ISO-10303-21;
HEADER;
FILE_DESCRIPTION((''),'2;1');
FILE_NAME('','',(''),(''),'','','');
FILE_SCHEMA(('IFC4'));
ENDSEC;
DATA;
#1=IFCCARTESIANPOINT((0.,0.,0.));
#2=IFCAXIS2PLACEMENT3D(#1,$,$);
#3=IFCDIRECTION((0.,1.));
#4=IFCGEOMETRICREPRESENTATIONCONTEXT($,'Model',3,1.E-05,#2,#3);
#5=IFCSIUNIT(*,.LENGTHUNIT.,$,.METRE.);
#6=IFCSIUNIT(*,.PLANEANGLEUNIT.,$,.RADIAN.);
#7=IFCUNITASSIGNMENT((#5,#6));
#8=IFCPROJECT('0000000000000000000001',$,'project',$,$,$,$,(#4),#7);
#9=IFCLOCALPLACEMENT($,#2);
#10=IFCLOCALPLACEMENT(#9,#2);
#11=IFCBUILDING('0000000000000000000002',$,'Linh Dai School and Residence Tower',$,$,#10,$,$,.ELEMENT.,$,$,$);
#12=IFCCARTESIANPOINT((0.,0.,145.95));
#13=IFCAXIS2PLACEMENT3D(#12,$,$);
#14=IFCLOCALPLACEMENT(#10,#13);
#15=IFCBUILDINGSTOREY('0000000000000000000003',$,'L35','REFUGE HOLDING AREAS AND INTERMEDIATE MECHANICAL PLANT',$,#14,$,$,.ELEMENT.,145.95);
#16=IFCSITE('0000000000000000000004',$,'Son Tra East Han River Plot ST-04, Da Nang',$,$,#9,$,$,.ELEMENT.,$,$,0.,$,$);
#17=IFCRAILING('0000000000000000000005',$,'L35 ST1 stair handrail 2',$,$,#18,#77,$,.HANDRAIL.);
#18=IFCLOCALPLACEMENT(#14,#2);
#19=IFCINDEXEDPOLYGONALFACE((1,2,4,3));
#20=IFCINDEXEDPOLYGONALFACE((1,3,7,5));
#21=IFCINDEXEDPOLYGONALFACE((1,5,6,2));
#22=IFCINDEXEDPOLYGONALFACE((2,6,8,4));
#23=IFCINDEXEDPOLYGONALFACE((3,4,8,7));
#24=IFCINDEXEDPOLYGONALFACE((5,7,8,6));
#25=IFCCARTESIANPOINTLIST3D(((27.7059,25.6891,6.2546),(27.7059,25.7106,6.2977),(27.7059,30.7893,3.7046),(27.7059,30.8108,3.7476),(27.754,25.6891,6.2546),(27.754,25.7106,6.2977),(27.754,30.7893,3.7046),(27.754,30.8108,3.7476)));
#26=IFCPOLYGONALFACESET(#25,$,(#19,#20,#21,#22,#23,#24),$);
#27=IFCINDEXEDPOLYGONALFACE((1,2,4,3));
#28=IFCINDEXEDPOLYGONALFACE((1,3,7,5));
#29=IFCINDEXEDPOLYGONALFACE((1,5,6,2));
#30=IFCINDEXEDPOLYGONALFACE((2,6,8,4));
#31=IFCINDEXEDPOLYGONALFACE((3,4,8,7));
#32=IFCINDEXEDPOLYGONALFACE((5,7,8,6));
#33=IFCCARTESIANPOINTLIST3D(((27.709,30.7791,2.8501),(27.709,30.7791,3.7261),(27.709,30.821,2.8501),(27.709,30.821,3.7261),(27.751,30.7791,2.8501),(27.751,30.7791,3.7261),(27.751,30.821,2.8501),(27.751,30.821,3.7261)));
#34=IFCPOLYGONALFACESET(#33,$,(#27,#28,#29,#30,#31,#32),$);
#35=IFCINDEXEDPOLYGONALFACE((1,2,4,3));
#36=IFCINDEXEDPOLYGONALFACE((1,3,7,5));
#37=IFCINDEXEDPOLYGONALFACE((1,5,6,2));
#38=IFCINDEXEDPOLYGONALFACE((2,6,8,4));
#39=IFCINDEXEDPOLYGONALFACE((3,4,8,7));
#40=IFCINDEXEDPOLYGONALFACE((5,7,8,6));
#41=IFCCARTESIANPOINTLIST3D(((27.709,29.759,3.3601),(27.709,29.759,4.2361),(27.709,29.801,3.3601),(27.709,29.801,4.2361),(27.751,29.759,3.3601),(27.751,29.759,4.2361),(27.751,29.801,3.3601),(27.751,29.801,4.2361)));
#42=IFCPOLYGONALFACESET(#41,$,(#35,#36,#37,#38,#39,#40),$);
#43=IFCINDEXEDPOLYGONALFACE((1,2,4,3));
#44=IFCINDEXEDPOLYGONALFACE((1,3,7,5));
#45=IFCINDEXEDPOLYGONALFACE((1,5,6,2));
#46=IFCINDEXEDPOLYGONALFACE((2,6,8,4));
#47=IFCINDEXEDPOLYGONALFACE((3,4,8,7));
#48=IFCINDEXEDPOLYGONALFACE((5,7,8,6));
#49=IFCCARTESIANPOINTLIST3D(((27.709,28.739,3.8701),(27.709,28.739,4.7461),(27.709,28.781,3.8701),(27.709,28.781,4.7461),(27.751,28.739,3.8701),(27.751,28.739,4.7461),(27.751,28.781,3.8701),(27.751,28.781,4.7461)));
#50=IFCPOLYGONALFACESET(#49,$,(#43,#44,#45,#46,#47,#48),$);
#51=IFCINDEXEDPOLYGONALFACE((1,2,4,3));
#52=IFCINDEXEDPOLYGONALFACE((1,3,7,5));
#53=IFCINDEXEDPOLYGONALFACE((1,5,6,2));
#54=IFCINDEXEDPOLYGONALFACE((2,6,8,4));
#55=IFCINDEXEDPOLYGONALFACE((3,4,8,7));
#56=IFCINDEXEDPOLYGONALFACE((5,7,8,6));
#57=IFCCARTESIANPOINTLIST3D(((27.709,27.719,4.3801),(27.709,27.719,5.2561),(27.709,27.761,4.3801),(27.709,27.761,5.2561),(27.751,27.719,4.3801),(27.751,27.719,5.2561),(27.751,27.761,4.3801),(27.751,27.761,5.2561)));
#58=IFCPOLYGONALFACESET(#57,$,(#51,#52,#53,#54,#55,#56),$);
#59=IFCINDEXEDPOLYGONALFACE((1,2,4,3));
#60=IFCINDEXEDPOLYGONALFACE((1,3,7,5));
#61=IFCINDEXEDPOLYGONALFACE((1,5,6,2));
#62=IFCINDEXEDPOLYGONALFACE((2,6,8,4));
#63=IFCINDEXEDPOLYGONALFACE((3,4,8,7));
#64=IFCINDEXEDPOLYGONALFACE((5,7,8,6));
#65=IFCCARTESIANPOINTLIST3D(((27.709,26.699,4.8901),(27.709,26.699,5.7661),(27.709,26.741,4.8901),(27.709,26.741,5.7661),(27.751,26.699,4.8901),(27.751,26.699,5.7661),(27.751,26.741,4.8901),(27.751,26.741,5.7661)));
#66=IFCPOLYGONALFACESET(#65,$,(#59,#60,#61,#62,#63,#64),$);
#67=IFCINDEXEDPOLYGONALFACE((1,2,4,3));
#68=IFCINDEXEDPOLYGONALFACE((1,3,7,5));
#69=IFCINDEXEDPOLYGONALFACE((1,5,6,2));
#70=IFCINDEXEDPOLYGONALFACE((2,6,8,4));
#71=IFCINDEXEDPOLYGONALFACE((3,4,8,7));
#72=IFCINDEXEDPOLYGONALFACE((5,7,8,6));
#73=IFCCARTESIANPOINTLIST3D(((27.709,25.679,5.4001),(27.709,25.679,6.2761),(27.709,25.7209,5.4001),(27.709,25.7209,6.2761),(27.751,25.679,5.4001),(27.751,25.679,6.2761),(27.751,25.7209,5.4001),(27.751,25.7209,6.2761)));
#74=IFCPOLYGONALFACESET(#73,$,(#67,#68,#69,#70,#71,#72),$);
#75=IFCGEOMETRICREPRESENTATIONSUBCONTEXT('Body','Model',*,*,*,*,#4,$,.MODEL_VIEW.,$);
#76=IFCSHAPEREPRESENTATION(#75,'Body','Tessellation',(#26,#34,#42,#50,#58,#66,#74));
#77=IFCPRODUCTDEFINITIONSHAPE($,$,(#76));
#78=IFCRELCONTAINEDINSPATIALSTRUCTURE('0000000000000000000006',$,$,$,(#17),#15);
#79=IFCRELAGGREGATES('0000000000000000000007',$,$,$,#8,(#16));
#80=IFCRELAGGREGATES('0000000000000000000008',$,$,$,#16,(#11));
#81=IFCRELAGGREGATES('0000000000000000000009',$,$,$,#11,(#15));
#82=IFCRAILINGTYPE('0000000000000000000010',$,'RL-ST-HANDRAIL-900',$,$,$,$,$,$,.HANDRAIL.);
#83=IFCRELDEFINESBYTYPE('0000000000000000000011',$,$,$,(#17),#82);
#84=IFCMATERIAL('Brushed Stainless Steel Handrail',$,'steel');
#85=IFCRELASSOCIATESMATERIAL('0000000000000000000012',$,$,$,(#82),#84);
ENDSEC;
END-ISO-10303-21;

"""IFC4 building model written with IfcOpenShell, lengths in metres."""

from ifc_helpers import new_model, si_unit, direction, frame, origin, origin_2d, place, context, subcontext, project, spatial, rectangle, extrude, source, transform, mapped, material, type_object, element, save


model = new_model("IFC4")

# Units and contexts
model_context = context("Model", 3, precision=1e-05, world=origin(), true_north=direction((0.0, 1.0)))
body_context = subcontext(model_context, "Body", "Model", "MODEL_VIEW")
ifc_project = project(units=[si_unit("LENGTHUNIT", "METRE"), si_unit("PLANEANGLEUNIT", "RADIAN")], contexts=[model_context])

# Site, building, storey
site_placement = place(None, origin())
site = spatial("IfcSite", under=ifc_project, at=site_placement, Name="Son Tra East Han River Plot ST-04, Da Nang", CompositionType="ELEMENT", RefElevation=0.0)
building_placement = place(site_placement, origin())
building = spatial("IfcBuilding", under=site, at=building_placement, Name="Linh Dai School and Residence Tower", CompositionType="ELEMENT")
storey_placement = place(building_placement, frame((0.0, 0.0, 145.95)))
storey = spatial("IfcBuildingStorey", under=building, at=storey_placement, Name="L35", Description="REFUGE HOLDING AREAS AND INTERMEDIATE MECHANICAL PLANT", CompositionType="ELEMENT", Elevation=145.95)

# Railing
ifc_material_1 = material(Name="Brushed Stainless Steel Handrail", Category="steel")
railing_type_1 = type_object("IfcRailingType", Name="RL-ST-HANDRAIL-900", PredefinedType="HANDRAIL", material=ifc_material_1)
shared_shape_1 = source(origin(), body_context, "Body", "SweptSolid", [
    extrude(rectangle(XDim=0.0481, YDim=0.0481, at=origin_2d()), frame((0.0, 0.0, 0.876), z_axis=(0.0, -0.894427, 0.447214), x_axis=(1.0, 0.0, 0.0)), (0.0, 0.0, 1.0), 5.7021),
    extrude(rectangle(XDim=0.042, YDim=0.042, at=origin_2d()), origin(), (0.0, 0.0, 1.0), 0.876),
    extrude(rectangle(XDim=0.042, YDim=0.042, at=origin_2d()), frame((0.0, -1.02, 0.51)), (0.0, 0.0, 1.0), 0.876),
    extrude(rectangle(XDim=0.042, YDim=0.042, at=origin_2d()), frame((0.0, -2.04, 1.02)), (0.0, 0.0, 1.0), 0.876),
    extrude(rectangle(XDim=0.042, YDim=0.042, at=origin_2d()), frame((0.0, -3.0601, 1.53)), (0.0, 0.0, 1.0), 0.876),
    extrude(rectangle(XDim=0.042, YDim=0.042, at=origin_2d()), frame((0.0, -4.0801, 2.04)), (0.0, 0.0, 1.0), 0.876),
    extrude(rectangle(XDim=0.042, YDim=0.042, at=origin_2d()), frame((0.0, -5.1001, 2.55)), (0.0, 0.0, 1.0), 0.876),
])
railing_1_placement = place(storey_placement, frame((27.73, 30.8, 2.8501)))
element("IfcRailing", 1, at=railing_1_placement, inside=storey, type_object=railing_type_1, Name="L35 ST1 stair handrail 2", PredefinedType="HANDRAIL", context=body_context, shape_type="MappedRepresentation", body=[
    mapped(shared_shape_1, transform((0.0, 0.0, 0.0), x_axis=(1.0, 0.0, 0.0), y_axis=(0.0, 1.0, 0.0), z_axis=(0.0, 0.0, 1.0), scale=1.0)),
])

save(model, "model.ifc")
